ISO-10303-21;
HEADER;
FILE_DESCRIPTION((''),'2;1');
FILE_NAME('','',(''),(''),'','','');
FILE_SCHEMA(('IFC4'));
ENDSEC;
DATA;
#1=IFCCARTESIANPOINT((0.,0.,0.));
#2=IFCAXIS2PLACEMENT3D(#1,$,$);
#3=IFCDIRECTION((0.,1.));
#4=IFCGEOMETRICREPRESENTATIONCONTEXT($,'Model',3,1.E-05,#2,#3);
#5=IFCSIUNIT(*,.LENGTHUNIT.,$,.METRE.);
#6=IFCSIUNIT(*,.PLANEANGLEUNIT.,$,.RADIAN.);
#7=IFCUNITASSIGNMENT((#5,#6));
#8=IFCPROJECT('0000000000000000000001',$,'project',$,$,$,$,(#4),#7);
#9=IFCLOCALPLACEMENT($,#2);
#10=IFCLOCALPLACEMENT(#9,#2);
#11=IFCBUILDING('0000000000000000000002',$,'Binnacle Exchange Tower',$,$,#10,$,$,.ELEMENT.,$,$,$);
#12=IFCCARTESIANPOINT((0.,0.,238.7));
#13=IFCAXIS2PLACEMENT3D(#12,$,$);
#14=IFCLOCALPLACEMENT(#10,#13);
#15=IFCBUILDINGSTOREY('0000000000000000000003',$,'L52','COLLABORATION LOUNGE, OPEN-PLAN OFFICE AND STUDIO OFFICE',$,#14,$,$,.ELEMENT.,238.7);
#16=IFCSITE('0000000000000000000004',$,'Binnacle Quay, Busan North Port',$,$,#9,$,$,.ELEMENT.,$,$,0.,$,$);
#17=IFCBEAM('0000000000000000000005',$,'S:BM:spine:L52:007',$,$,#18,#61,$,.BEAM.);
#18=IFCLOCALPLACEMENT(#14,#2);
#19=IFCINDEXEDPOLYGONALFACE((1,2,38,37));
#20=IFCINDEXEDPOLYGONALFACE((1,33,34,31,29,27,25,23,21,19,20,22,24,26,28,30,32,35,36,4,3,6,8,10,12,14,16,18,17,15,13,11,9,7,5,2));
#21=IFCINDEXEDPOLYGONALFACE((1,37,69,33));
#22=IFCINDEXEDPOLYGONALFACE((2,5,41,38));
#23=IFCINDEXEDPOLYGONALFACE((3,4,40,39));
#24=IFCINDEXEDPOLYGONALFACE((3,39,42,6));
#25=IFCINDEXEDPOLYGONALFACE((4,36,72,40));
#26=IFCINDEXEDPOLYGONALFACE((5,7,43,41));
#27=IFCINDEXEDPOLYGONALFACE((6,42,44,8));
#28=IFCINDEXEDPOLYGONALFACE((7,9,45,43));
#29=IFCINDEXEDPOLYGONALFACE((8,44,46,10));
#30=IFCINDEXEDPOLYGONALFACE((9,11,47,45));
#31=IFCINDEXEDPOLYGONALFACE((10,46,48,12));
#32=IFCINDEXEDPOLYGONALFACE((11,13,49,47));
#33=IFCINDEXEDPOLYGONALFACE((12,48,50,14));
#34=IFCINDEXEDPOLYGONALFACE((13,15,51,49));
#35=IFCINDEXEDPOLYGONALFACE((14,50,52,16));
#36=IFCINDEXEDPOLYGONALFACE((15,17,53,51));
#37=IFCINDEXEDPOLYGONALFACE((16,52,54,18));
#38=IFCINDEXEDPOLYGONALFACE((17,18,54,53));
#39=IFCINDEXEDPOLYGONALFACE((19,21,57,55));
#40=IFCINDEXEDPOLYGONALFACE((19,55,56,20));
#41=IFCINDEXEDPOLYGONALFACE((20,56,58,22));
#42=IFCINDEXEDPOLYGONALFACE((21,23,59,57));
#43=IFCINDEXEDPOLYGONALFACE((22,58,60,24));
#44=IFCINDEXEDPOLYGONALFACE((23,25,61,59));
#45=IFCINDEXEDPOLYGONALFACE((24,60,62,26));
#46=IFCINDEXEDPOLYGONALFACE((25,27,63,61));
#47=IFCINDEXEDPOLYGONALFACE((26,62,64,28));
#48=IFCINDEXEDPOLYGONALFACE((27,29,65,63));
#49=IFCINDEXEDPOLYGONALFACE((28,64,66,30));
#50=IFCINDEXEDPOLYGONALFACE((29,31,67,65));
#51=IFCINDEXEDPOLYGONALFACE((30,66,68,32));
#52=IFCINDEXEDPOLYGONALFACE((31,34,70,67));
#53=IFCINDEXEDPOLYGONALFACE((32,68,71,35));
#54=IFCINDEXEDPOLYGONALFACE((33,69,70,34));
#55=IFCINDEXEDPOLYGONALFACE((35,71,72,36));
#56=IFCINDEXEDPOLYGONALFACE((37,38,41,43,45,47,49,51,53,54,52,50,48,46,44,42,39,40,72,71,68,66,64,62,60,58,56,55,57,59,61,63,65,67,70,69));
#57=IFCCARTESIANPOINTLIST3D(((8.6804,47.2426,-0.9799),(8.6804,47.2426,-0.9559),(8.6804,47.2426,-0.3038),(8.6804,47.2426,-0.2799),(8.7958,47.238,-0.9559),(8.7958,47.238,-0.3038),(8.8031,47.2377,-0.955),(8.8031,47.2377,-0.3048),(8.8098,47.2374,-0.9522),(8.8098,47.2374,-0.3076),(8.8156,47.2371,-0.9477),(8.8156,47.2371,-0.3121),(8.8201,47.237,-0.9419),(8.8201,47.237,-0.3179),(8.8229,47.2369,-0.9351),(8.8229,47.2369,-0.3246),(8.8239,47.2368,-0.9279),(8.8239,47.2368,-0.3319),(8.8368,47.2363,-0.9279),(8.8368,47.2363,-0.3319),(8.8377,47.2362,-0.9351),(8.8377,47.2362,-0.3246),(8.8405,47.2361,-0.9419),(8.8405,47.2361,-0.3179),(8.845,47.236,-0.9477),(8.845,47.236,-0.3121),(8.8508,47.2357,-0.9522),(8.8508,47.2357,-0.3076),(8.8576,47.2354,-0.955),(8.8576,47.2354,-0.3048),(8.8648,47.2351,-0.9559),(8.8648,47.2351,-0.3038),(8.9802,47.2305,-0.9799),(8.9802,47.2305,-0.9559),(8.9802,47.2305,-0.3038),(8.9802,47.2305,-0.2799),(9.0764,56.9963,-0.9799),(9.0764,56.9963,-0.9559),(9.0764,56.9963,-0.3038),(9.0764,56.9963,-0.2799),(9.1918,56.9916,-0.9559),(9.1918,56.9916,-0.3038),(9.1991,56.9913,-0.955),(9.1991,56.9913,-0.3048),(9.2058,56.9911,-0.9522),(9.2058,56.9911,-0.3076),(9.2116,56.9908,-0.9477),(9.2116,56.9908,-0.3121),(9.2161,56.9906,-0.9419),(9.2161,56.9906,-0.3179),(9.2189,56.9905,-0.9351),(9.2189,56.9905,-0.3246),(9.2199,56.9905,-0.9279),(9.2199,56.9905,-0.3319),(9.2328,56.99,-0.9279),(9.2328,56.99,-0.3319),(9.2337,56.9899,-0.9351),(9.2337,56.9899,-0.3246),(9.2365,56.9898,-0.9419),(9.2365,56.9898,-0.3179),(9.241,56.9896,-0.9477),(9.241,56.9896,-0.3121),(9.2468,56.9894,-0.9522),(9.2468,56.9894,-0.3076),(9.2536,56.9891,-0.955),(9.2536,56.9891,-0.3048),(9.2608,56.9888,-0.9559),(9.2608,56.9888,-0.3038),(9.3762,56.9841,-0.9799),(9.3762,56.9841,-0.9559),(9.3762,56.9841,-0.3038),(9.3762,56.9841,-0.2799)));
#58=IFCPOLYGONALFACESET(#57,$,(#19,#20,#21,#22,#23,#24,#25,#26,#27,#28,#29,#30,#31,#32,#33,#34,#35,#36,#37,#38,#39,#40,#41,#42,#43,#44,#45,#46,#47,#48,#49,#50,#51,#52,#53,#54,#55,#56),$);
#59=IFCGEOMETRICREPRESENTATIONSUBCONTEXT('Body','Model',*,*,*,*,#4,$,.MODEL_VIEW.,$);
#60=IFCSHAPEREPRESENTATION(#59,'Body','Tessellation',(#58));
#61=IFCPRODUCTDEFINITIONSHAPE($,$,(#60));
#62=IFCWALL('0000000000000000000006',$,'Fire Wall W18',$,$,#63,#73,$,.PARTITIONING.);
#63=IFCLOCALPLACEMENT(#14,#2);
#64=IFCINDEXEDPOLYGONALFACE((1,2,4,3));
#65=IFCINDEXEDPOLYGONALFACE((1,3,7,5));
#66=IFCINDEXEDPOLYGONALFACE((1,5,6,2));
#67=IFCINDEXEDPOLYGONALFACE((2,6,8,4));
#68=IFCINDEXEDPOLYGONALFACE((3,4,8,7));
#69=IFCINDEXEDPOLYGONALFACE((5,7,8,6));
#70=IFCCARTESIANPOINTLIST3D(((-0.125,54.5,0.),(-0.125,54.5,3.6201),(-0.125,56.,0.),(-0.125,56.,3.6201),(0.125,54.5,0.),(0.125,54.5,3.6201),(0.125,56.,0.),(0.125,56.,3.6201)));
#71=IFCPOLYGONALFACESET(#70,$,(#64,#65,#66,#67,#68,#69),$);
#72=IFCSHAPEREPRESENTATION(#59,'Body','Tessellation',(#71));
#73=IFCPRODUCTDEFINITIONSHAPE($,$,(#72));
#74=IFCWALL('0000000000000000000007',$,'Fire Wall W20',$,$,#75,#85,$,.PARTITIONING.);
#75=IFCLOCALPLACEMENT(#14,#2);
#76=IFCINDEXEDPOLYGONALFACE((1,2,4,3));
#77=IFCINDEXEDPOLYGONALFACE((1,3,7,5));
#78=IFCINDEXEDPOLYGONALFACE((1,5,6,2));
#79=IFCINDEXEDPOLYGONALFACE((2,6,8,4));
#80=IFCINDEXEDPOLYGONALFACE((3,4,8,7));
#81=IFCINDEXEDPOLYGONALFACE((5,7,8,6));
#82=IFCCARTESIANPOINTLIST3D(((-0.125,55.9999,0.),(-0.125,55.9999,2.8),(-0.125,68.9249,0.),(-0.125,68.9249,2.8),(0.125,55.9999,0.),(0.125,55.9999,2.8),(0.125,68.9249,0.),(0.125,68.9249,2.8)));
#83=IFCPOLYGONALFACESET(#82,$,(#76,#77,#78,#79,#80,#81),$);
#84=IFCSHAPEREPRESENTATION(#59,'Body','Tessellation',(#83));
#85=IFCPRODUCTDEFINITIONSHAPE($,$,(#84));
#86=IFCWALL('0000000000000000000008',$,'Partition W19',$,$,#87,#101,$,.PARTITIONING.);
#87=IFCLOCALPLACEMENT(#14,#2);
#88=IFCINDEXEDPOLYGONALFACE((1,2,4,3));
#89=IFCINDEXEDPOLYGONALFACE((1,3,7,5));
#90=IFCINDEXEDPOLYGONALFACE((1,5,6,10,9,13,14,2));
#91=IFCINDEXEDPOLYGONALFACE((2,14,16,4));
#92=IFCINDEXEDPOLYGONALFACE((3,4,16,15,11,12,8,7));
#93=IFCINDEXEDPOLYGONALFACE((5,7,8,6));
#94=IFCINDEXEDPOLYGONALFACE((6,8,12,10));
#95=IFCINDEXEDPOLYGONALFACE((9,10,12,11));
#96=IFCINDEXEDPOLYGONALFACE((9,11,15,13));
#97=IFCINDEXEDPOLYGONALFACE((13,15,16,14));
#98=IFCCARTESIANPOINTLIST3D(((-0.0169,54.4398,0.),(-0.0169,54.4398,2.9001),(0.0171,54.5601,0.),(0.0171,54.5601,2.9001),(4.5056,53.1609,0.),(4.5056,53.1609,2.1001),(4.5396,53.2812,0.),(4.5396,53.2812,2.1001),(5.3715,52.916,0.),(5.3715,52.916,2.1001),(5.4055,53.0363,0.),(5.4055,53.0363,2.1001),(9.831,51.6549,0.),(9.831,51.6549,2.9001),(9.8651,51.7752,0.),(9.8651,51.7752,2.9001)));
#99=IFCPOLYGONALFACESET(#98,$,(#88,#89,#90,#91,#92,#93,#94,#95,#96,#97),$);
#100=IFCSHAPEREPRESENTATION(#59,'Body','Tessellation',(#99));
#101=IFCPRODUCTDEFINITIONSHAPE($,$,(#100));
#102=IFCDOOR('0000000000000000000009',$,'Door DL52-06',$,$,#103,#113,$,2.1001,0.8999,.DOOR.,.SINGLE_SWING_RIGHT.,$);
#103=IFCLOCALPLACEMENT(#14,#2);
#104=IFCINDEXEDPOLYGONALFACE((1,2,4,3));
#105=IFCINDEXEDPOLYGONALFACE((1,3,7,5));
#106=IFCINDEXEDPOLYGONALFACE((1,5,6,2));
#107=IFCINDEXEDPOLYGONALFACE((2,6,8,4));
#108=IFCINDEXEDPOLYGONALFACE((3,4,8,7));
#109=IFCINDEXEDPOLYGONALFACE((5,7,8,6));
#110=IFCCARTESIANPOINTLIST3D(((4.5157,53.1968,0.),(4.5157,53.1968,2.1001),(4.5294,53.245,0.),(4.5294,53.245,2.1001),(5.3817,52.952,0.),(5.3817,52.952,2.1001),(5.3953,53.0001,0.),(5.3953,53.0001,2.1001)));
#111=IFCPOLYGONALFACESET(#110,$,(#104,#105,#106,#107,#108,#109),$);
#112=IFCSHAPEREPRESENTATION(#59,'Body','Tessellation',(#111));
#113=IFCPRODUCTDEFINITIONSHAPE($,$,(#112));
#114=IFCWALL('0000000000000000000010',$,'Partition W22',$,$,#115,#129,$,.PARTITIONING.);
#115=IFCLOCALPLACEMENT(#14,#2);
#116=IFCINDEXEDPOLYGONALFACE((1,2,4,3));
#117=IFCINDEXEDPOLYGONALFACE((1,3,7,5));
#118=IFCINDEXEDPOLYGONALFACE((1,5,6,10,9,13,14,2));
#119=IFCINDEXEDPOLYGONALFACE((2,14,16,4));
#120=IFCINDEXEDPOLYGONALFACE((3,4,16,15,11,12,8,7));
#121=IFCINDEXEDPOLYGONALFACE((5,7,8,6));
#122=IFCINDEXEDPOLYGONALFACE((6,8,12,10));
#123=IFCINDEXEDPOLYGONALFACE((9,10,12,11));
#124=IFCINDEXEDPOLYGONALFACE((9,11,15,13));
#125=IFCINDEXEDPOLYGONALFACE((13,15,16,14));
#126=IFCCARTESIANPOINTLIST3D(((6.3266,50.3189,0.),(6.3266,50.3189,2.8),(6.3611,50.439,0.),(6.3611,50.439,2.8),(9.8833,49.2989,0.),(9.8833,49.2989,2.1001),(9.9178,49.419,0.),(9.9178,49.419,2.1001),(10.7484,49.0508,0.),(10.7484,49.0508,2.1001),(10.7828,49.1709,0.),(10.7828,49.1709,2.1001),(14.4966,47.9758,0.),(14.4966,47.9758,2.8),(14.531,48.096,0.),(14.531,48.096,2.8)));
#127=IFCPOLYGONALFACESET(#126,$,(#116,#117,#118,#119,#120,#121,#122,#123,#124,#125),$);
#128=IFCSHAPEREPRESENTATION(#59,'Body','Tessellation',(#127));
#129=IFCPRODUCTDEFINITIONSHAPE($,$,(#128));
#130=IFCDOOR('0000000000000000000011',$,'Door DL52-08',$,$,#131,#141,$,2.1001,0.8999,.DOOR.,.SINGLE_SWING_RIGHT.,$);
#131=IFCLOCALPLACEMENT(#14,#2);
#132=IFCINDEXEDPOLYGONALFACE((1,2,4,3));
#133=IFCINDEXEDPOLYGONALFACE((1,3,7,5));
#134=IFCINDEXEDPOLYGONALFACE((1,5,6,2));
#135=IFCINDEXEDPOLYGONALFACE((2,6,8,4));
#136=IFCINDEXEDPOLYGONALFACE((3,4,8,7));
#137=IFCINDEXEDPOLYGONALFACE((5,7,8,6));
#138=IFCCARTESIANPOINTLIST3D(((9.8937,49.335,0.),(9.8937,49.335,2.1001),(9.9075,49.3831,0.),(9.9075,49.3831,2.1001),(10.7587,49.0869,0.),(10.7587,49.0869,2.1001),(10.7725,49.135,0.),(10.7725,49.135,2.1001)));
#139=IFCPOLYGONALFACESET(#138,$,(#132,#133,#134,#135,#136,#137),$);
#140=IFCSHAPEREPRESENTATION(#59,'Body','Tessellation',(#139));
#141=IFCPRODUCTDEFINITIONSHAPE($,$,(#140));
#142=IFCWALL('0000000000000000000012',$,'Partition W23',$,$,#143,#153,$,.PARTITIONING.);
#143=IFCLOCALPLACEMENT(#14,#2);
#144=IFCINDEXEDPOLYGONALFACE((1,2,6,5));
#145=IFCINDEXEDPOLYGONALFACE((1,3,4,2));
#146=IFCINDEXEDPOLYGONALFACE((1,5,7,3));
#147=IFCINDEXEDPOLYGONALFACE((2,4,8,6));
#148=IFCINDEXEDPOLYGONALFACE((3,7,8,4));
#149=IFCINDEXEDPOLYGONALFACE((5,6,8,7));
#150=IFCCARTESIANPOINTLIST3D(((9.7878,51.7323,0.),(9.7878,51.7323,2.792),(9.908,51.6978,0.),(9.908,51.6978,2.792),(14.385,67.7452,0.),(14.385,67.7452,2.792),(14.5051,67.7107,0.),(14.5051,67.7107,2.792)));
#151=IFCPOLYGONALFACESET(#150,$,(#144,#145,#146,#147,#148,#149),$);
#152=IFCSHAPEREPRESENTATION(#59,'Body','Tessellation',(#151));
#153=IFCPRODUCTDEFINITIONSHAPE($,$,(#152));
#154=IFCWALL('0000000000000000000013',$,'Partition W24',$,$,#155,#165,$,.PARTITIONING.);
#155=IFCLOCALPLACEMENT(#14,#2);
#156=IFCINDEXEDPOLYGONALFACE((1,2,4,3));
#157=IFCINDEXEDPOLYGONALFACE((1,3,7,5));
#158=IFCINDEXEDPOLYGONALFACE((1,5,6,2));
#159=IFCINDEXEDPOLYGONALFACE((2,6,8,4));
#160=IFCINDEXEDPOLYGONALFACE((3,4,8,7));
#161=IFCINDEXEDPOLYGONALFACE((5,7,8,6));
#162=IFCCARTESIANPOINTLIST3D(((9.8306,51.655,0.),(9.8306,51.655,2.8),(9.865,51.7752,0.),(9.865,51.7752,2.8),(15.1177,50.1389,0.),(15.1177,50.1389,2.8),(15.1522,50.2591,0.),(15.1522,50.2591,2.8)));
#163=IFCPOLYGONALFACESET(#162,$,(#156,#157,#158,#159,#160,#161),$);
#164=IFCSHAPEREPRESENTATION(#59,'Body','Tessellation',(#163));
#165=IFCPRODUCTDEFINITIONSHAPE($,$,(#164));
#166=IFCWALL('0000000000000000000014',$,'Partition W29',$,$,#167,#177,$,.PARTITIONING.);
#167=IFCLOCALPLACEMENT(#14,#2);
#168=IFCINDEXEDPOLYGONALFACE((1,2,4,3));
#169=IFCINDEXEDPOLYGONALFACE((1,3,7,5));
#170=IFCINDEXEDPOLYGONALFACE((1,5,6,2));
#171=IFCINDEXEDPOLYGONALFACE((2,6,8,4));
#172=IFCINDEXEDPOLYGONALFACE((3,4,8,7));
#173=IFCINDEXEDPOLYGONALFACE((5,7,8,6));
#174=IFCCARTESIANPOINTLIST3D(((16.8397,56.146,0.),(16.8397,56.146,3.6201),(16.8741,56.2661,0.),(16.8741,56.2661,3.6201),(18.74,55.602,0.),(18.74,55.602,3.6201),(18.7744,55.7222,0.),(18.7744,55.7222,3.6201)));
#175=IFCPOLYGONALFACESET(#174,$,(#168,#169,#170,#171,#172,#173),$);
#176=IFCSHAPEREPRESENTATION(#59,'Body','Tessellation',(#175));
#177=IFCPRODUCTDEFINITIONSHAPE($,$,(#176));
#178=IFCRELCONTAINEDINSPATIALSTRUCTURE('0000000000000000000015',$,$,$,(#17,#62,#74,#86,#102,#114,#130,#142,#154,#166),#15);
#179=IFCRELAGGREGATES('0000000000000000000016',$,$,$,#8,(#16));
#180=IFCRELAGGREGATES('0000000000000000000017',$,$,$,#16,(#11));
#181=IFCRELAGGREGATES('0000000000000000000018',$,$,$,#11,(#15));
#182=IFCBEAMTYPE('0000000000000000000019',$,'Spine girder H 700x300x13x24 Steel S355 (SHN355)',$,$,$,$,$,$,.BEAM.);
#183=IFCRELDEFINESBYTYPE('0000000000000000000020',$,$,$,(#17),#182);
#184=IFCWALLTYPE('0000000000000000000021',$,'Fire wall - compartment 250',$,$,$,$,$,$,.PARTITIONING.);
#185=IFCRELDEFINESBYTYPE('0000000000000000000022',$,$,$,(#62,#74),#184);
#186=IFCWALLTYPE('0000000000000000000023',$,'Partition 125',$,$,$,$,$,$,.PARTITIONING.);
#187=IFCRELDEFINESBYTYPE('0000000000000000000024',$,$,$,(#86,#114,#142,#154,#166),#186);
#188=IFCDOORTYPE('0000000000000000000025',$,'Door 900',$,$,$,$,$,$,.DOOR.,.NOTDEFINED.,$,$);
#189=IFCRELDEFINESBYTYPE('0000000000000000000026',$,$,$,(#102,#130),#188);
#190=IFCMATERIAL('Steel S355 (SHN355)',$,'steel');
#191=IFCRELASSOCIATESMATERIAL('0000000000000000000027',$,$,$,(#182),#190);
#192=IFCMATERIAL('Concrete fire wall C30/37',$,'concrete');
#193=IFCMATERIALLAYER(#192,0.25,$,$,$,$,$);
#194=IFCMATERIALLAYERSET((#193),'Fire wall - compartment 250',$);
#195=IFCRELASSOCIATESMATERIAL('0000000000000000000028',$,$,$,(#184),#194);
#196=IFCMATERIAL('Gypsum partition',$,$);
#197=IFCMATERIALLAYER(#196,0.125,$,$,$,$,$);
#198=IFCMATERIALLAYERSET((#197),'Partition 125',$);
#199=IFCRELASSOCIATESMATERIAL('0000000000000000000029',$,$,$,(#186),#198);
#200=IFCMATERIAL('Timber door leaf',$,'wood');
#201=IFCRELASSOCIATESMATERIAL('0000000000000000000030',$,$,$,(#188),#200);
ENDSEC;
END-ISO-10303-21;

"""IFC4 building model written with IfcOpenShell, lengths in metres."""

from ifc_helpers import new_model, si_unit, direction, frame, frame_2d, origin, origin_2d, place, context, subcontext, project, spatial, rectangle, i_section, extrude, material, layer, layer_set, material_profile, profile_set, type_object, element, fill, save


model = new_model("IFC4")

# Units and contexts
model_context = context("Model", 3, precision=1e-05, world=origin(), true_north=direction((0.0, 1.0)))
body_context = subcontext(model_context, "Body", "Model", "MODEL_VIEW")
ifc_project = project(units=[si_unit("LENGTHUNIT", "METRE"), si_unit("PLANEANGLEUNIT", "RADIAN")], contexts=[model_context])

# Site, building, storey
site_placement = place(None, origin())
site = spatial("IfcSite", under=ifc_project, at=site_placement, Name="Binnacle Quay, Busan North Port", CompositionType="ELEMENT", RefElevation=0.0)
building_placement = place(site_placement, origin())
building = spatial("IfcBuilding", under=site, at=building_placement, Name="Binnacle Exchange Tower", CompositionType="ELEMENT")
storey_placement = place(building_placement, frame((0.0, 0.0, 238.7)))
storey = spatial("IfcBuildingStorey", under=building, at=storey_placement, Name="L52", Description="COLLABORATION LOUNGE, OPEN-PLAN OFFICE AND STUDIO OFFICE", CompositionType="ELEMENT", Elevation=238.7)

# Beam
ifc_material_1 = material(Name="Steel S355 (SHN355)", Category="steel")
ifc_material_profile = material_profile(ifc_material_1, i_section(OverallWidth=0.3, OverallDepth=0.7, WebThickness=0.0129, FlangeThickness=0.0239, FilletRadius=0.0281, at=origin_2d()), Name="H 700x300x13x24")
ifc_profile_set = profile_set([ifc_material_profile], Name="Steel S355 (SHN355)")
beam_type = type_object("IfcBeamType", Name="Spine girder H 700x300x13x24 Steel S355 (SHN355)", PredefinedType="BEAM", material=ifc_profile_set)
beam_placement = place(storey_placement, frame((9.2263, 56.9902, -0.6299), z_axis=(-0.040566, -0.999177, 0.0), x_axis=(0.999177, -0.040566, 0.0)))
element("IfcBeam", 1, at=beam_placement, inside=storey, type_object=beam_type, Name="S:BM:spine:L52:007", PredefinedType="BEAM", context=body_context, shape_type="SweptSolid", body=[
    extrude(i_section(OverallWidth=0.3, OverallDepth=0.7, WebThickness=0.0129, FlangeThickness=0.0239, FilletRadius=0.0281, at=origin_2d()), origin(), (0.0, 0.0, 1.0), 9.7617),
])

# Walls
ifc_material_2 = material(Name="Concrete fire wall C30/37", Category="concrete")
ifc_layer_1 = layer(ifc_material_2, 0.25)
ifc_layer_set_1 = layer_set([ifc_layer_1], Name="Fire wall - compartment 250")
wall_type_1 = type_object("IfcWallType", Name="Fire wall - compartment 250", PredefinedType="PARTITIONING", material=ifc_layer_set_1)
wall_1_placement = place(storey_placement, frame((0.0, 54.5, 0.0), z_axis=(0.0, 0.0, 1.0), x_axis=(0.0, 1.0, 0.0)))
element("IfcWall", 2, at=wall_1_placement, inside=storey, type_object=wall_type_1, Name="Fire Wall W18", PredefinedType="PARTITIONING", context=body_context, shape_type="SweptSolid", body=[
    extrude(rectangle(XDim=1.5, YDim=0.25, at=frame_2d((0.75, 0.0))), origin(), (0.0, 0.0, 1.0), 3.6201),
])
wall_2_placement = place(storey_placement, frame((0.0, 56.0, 0.0), z_axis=(0.0, 0.0, 1.0), x_axis=(0.0, 1.0, 0.0)))
element("IfcWall", 3, at=wall_2_placement, inside=storey, type_object=wall_type_1, Name="Fire Wall W20", PredefinedType="PARTITIONING", context=body_context, shape_type="SweptSolid", body=[
    extrude(rectangle(XDim=12.925, YDim=0.25, at=frame_2d((6.4624, 0.0))), origin(), (0.0, 0.0, 1.0), 2.8),
])

# Walls, openings, doors
ifc_material_3 = material(Name="Gypsum partition")
ifc_layer_2 = layer(ifc_material_3, 0.125)
ifc_layer_set_2 = layer_set([ifc_layer_2], Name="Partition 125")
wall_type_2 = type_object("IfcWallType", Name="Partition 125", PredefinedType="PARTITIONING", material=ifc_layer_set_2)
wall_3_placement = place(storey_placement, frame((0.0, 54.5, 0.0), z_axis=(0.0, 0.0, 1.0), x_axis=(0.962263, -0.272121, 0.0)))
wall_3 = element("IfcWall", 4, at=wall_3_placement, inside=storey, type_object=wall_type_2, Name="Partition W19", PredefinedType="PARTITIONING", context=body_context, shape_type="SweptSolid", body=[
    extrude(rectangle(XDim=10.2341, YDim=0.125, at=frame_2d((5.1172, 0.0))), origin(), (0.0, 0.0, 1.0), 2.9001),
])
opening_1_placement = place(wall_3_placement, frame((4.7, 0.0, 0.0)))
opening_1 = element("IfcOpeningElement", 5, at=opening_1_placement, cuts=wall_3, PredefinedType="OPENING", context=body_context, shape_type="SweptSolid", body=[
    extrude(rectangle(XDim=0.8999, YDim=2.1001, at=frame_2d((0.45, 1.05))), frame((0.0, 0.0725, 0.0), z_axis=(0.0, -1.0, 0.0), x_axis=(1.0, 0.0, 0.0)), (0.0, 0.0, 1.0), 0.145),
])
ifc_material_4 = material(Name="Timber door leaf", Category="wood")
door_type = type_object("IfcDoorType", Name="Door 900", OperationType="NOTDEFINED", PredefinedType="DOOR", material=ifc_material_4)
door_1_placement = place(opening_1_placement, origin())
door_1 = element("IfcDoor", 6, at=door_1_placement, inside=storey, type_object=door_type, Name="Door DL52-06", OperationType="SINGLE_SWING_RIGHT", OverallHeight=2.1001, OverallWidth=0.8999, PredefinedType="DOOR", context=body_context, shape_type="SweptSolid", body=[
    extrude(rectangle(XDim=0.8999, YDim=2.1001, at=frame_2d((0.45, 1.05))), frame((0.0, 0.0249, 0.0), z_axis=(0.0, -1.0, 0.0), x_axis=(1.0, 0.0, 0.0)), (0.0, 0.0, 1.0), 0.05),
])
fill(opening_1, door_1)
wall_4_placement = place(storey_placement, frame((6.344, 50.3789, 0.0), z_axis=(0.0, 0.0, 1.0), x_axis=(0.961251, -0.275673, 0.0)))
wall_4 = element("IfcWall", 7, at=wall_4_placement, inside=storey, type_object=wall_type_2, Name="Partition W22", PredefinedType="PARTITIONING", context=body_context, shape_type="SweptSolid", body=[
    extrude(rectangle(XDim=8.4993, YDim=0.125, at=frame_2d((4.2495, 0.0))), origin(), (0.0, 0.0, 1.0), 2.8),
])
opening_2_placement = place(wall_4_placement, frame((3.7, 0.0, 0.0)))
opening_2 = element("IfcOpeningElement", 8, at=opening_2_placement, cuts=wall_4, PredefinedType="OPENING", context=body_context, shape_type="SweptSolid", body=[
    extrude(rectangle(XDim=0.8999, YDim=2.1001, at=frame_2d((0.45, 1.05))), frame((0.0, 0.0725, 0.0), z_axis=(0.0, -1.0, 0.0), x_axis=(1.0, 0.0, 0.0)), (0.0, 0.0, 1.0), 0.145),
])
door_2_placement = place(opening_2_placement, frame((0.8999, 0.0, 0.0), z_axis=(0.0, 0.0, 1.0), x_axis=(-1.0, 0.0, 0.0)))
door_2 = element("IfcDoor", 9, at=door_2_placement, inside=storey, type_object=door_type, Name="Door DL52-08", OperationType="SINGLE_SWING_RIGHT", OverallHeight=2.1001, OverallWidth=0.8999, PredefinedType="DOOR", context=body_context, shape_type="SweptSolid", body=[
    extrude(rectangle(XDim=0.8999, YDim=2.1001, at=frame_2d((0.45, 1.05))), frame((0.0, 0.0249, 0.0), z_axis=(0.0, -1.0, 0.0), x_axis=(1.0, 0.0, 0.0)), (0.0, 0.0, 1.0), 0.05),
])
fill(opening_2, door_2)

# Walls
wall_5_placement = place(storey_placement, frame((9.8479, 51.7151, 0.0), z_axis=(0.0, 0.0, 1.0), x_axis=(0.275944, 0.961174, 0.0)))
element("IfcWall", 10, at=wall_5_placement, inside=storey, type_object=wall_type_2, Name="Partition W23", PredefinedType="PARTITIONING", context=body_context, shape_type="SweptSolid", body=[
    extrude(rectangle(XDim=16.6597, YDim=0.125, at=frame_2d((8.3298, 0.0))), origin(), (0.0, 0.0, 1.0), 2.792),
])
wall_6_placement = place(storey_placement, frame((9.8479, 51.7151, 0.0), z_axis=(0.0, 0.0, 1.0), x_axis=(0.961259, -0.275647, 0.0)))
element("IfcWall", 11, at=wall_6_placement, inside=storey, type_object=wall_type_2, Name="Partition W24", PredefinedType="PARTITIONING", context=body_context, shape_type="SweptSolid", body=[
    extrude(rectangle(XDim=5.5002, YDim=0.125, at=frame_2d((2.75, 0.0))), origin(), (0.0, 0.0, 1.0), 2.8),
])
wall_7_placement = place(storey_placement, frame((16.8569, 56.2061, 0.0), z_axis=(0.0, 0.0, 1.0), x_axis=(0.961384, -0.275211, 0.0)))
element("IfcWall", 12, at=wall_7_placement, inside=storey, type_object=wall_type_2, Name="Partition W29", PredefinedType="PARTITIONING", context=body_context, shape_type="SweptSolid", body=[
    extrude(rectangle(XDim=1.9766, YDim=0.125, at=frame_2d((0.9883, 0.0))), origin(), (0.0, 0.0, 1.0), 3.6201),
])

save(model, "model.ifc")
